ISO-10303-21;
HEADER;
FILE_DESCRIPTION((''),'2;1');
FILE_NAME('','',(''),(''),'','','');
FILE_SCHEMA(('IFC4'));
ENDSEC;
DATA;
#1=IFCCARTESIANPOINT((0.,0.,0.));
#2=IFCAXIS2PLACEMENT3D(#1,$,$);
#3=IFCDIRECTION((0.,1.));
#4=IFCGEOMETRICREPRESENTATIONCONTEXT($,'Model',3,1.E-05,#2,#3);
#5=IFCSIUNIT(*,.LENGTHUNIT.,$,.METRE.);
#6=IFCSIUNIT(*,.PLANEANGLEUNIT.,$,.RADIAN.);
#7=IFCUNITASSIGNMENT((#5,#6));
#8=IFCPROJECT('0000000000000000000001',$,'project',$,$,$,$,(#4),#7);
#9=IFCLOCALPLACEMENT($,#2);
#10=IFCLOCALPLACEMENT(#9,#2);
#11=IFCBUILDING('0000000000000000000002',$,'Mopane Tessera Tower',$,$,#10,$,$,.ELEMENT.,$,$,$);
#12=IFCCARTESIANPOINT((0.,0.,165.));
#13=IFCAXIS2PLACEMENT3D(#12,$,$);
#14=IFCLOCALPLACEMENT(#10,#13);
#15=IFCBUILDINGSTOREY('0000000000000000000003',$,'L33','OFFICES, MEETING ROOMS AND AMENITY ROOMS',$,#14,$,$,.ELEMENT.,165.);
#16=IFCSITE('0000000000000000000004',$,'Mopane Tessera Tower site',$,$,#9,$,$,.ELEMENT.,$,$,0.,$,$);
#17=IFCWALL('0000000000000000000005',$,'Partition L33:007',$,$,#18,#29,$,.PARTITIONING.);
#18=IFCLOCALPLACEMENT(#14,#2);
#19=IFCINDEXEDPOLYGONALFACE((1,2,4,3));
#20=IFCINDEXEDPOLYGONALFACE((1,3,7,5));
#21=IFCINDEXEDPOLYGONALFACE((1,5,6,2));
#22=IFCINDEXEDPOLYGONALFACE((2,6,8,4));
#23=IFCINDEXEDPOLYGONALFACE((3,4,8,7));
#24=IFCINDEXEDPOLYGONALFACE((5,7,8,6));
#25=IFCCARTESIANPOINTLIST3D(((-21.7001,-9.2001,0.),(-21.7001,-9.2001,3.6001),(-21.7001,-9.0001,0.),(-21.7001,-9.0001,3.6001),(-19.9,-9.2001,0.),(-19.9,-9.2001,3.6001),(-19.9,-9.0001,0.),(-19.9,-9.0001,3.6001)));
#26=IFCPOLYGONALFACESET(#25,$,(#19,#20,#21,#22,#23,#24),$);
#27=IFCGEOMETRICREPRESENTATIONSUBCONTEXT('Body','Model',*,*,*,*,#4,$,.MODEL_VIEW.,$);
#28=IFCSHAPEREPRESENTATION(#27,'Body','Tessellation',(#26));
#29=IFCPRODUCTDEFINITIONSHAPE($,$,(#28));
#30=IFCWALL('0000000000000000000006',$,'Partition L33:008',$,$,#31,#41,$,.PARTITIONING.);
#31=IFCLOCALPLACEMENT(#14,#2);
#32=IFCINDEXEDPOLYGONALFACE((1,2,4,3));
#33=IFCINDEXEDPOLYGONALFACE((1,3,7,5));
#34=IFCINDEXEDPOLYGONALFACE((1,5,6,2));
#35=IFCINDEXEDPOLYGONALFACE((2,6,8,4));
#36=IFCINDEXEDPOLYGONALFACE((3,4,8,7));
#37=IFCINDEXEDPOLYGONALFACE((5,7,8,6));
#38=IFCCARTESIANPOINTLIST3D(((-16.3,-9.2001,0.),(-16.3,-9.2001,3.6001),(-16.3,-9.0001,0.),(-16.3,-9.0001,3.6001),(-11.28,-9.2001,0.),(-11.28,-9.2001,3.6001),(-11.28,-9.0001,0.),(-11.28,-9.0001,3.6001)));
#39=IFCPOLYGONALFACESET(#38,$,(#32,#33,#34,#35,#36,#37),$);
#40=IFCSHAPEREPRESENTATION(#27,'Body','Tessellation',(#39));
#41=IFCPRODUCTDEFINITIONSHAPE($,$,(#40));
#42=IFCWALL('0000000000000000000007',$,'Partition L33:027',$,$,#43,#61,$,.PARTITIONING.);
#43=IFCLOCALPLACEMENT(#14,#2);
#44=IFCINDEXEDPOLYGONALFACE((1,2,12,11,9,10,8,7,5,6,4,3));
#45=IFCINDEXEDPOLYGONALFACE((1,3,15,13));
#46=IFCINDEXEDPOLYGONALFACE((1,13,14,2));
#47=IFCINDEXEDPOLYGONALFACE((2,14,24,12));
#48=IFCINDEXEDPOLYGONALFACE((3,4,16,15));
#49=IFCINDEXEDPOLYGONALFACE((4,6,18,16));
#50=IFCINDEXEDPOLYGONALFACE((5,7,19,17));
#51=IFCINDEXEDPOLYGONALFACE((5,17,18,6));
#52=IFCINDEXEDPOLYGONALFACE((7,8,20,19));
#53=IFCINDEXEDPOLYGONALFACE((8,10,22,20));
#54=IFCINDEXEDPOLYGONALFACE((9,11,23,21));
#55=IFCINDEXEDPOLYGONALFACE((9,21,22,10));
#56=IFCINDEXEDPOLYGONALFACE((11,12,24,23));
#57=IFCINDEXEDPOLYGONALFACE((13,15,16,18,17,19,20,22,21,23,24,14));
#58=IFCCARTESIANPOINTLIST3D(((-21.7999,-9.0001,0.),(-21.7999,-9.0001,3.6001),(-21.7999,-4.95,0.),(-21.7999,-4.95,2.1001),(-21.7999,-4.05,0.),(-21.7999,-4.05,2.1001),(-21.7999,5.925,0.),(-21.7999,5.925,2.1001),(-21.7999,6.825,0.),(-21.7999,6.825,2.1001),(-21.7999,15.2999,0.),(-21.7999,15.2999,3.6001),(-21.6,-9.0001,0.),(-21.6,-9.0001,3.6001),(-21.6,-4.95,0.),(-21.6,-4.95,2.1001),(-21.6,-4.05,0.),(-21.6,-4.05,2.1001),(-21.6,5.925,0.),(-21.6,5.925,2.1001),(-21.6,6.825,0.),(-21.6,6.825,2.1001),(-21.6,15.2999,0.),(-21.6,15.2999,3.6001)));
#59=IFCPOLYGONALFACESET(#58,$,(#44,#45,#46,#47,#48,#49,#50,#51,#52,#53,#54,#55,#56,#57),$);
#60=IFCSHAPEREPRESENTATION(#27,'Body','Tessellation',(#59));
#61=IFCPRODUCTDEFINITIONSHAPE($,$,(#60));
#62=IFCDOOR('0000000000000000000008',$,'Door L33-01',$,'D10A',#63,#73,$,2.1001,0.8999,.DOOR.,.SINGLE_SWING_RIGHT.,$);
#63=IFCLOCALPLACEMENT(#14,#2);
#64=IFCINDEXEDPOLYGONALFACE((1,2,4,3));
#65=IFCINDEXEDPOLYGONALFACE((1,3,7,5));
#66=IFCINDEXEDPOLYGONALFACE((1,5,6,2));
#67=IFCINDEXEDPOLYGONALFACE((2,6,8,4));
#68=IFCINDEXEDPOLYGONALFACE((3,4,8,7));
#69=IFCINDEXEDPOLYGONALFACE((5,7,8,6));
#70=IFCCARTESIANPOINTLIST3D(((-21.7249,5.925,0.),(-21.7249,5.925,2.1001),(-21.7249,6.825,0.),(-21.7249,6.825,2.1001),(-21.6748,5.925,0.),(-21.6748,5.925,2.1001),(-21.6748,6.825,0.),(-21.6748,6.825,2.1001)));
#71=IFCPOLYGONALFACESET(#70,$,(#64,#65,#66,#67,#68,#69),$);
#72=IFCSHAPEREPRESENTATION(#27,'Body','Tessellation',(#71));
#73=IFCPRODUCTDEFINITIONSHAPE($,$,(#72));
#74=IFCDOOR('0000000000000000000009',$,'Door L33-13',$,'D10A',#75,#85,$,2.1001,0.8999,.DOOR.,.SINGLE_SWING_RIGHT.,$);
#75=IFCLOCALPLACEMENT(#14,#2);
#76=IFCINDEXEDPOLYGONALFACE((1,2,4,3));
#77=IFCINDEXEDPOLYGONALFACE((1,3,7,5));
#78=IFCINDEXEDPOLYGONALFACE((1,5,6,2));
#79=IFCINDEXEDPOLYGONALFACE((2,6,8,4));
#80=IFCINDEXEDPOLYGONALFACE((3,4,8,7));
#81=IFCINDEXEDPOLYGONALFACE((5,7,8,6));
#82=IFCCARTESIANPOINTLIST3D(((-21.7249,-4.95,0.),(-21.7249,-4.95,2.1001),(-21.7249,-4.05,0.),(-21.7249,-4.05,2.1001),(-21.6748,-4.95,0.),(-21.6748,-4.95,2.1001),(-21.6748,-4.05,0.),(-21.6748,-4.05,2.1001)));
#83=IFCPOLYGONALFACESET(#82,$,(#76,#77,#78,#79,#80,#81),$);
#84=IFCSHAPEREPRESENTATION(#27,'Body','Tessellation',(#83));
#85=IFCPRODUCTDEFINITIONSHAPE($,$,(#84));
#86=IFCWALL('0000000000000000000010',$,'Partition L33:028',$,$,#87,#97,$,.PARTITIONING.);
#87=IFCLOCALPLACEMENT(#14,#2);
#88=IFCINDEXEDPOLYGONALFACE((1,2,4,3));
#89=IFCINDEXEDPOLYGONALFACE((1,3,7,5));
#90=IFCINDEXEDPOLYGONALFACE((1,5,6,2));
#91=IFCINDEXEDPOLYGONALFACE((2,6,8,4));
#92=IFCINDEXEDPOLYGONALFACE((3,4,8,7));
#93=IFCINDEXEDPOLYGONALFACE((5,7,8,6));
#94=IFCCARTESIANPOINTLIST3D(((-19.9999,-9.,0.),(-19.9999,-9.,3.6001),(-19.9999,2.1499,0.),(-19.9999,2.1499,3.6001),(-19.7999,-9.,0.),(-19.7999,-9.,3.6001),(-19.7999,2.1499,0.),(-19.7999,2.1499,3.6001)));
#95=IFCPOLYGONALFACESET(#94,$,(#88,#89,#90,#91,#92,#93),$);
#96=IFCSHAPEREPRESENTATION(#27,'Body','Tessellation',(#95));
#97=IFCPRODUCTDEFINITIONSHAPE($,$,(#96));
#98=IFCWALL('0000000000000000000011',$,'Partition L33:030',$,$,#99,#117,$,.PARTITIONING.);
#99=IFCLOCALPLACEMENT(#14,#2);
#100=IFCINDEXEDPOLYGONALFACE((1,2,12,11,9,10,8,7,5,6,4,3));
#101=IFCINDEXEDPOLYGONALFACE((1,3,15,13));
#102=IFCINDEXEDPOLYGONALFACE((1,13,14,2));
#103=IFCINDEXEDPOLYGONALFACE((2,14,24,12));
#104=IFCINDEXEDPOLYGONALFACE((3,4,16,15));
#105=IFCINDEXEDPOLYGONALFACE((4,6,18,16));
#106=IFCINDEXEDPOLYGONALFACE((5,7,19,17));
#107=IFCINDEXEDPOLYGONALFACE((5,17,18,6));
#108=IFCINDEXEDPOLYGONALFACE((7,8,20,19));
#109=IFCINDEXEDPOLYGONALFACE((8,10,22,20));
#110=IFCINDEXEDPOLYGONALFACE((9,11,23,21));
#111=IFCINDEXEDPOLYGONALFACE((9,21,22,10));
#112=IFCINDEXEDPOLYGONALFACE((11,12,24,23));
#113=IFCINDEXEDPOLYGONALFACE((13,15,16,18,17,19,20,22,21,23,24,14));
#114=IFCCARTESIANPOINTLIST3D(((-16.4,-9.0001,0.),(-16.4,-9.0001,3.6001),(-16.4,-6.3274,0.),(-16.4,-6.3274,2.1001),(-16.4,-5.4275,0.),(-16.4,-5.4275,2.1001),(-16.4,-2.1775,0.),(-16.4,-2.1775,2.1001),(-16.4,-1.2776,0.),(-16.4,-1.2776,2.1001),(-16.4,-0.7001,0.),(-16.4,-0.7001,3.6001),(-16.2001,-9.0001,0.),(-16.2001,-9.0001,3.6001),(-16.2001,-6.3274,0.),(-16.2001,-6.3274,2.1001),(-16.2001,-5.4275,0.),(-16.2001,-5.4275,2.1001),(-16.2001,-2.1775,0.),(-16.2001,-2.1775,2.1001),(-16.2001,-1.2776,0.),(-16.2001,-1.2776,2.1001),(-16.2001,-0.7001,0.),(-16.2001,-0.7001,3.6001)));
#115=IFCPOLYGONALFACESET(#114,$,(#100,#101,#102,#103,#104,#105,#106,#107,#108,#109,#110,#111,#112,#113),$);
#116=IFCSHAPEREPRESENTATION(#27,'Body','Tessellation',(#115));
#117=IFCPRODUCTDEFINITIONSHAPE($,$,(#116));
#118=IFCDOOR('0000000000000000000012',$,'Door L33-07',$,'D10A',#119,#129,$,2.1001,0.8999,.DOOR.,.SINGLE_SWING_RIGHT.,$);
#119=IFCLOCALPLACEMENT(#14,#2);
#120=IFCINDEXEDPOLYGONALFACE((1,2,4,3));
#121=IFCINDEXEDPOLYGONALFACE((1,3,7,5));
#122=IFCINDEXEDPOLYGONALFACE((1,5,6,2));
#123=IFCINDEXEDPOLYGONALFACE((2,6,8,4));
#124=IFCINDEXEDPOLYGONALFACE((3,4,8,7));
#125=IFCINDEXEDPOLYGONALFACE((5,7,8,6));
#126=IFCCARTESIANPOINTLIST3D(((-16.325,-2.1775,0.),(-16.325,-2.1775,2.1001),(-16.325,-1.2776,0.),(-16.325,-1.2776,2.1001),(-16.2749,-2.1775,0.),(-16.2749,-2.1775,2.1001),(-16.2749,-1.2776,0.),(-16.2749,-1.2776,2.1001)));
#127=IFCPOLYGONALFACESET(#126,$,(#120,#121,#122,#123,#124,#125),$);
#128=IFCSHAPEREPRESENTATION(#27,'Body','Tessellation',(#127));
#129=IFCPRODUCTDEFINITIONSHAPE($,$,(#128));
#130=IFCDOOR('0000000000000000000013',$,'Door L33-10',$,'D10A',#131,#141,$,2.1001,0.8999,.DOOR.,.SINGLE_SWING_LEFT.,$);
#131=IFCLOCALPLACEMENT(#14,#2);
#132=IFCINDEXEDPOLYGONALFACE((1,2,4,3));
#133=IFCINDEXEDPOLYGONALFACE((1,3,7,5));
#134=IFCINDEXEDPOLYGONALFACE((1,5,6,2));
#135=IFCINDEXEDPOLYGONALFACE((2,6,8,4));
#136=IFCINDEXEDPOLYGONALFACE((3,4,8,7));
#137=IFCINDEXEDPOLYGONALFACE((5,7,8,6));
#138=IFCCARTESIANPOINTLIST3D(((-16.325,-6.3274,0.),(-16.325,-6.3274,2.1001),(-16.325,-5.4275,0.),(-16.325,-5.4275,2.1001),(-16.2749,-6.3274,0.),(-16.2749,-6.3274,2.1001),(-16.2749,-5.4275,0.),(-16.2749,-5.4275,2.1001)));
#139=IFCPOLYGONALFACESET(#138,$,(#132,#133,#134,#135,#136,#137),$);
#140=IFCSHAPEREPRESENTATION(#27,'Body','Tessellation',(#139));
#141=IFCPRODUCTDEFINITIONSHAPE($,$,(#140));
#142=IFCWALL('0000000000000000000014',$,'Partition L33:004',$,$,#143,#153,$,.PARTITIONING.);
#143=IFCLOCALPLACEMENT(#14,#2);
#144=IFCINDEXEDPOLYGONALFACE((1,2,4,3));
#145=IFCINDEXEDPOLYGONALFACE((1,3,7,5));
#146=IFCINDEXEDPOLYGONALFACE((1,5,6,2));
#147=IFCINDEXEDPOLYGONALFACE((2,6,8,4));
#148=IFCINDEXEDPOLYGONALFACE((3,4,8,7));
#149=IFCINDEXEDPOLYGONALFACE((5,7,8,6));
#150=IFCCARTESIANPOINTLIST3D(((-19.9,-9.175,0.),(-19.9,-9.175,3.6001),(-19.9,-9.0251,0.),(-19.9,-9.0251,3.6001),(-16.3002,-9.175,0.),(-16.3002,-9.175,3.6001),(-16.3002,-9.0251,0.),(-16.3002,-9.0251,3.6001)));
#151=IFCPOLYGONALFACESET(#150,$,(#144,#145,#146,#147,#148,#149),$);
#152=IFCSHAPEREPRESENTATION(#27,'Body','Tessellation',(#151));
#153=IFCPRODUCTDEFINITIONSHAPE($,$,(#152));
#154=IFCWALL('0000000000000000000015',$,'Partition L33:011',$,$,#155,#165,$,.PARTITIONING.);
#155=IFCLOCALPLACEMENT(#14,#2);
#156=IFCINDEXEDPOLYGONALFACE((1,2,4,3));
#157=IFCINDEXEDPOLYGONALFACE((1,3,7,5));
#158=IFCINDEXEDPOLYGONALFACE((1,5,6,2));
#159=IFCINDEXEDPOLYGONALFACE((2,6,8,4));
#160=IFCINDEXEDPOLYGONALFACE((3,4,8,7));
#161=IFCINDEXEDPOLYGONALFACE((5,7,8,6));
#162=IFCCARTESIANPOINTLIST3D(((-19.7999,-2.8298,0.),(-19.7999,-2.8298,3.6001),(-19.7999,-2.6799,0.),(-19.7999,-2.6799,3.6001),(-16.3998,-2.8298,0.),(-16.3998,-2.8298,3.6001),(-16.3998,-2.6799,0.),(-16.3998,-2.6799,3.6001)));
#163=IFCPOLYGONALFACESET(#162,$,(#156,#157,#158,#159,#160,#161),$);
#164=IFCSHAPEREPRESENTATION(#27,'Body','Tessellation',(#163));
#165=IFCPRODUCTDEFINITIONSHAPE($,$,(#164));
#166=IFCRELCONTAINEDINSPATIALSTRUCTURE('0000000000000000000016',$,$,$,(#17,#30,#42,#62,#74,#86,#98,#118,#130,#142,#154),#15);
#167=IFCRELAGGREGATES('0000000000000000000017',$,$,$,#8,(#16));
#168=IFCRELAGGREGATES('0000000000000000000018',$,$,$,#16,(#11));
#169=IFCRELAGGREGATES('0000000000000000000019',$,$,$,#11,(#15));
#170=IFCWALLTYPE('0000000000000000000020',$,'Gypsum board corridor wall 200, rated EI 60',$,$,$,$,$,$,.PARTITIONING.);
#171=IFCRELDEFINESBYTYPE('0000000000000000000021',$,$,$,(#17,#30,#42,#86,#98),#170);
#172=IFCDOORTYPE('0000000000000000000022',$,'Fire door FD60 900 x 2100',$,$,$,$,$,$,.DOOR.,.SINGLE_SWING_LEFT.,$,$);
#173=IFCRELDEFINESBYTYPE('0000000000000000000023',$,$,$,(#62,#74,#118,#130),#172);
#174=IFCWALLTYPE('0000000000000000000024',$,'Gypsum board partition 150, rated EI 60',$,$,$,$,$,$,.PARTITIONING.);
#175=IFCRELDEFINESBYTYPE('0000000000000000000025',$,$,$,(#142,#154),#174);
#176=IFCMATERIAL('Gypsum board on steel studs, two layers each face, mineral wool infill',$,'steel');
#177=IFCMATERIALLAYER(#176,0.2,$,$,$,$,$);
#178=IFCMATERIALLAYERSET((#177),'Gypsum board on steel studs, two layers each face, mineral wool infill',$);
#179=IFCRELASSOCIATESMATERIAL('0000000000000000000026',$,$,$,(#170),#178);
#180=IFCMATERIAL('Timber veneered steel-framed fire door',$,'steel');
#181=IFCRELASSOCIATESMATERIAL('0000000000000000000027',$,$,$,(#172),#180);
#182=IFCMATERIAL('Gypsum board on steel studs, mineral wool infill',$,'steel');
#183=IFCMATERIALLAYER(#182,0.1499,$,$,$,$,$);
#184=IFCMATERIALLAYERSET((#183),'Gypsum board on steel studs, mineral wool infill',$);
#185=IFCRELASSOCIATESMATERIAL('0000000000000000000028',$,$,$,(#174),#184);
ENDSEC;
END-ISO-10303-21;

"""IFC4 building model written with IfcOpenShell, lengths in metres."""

from ifc_helpers import new_model, si_unit, direction, frame, frame_2d, origin, place, context, subcontext, project, spatial, rectangle, extrude, material, layer, layer_set, type_object, element, fill, save


model = new_model("IFC4")

# Units and contexts
model_context = context("Model", 3, precision=1e-05, world=origin(), true_north=direction((0.0, 1.0)))
body_context = subcontext(model_context, "Body", "Model", "MODEL_VIEW")
ifc_project = project(units=[si_unit("LENGTHUNIT", "METRE"), si_unit("PLANEANGLEUNIT", "RADIAN")], contexts=[model_context])

# Site, building, storey
site_placement = place(None, origin())
site = spatial("IfcSite", under=ifc_project, at=site_placement, Name="Mopane Tessera Tower site", CompositionType="ELEMENT", RefElevation=0.0)
building_placement = place(site_placement, origin())
building = spatial("IfcBuilding", under=site, at=building_placement, Name="Mopane Tessera Tower", CompositionType="ELEMENT")
storey_placement = place(building_placement, frame((0.0, 0.0, 165.0)))
storey = spatial("IfcBuildingStorey", under=building, at=storey_placement, Name="L33", Description="OFFICES, MEETING ROOMS AND AMENITY ROOMS", CompositionType="ELEMENT", Elevation=165.0)

# Walls
ifc_material_1 = material(Name="Gypsum board on steel studs, two layers each face, mineral wool infill", Category="steel")
ifc_layer_1 = layer(ifc_material_1, 0.2)
ifc_layer_set_1 = layer_set([ifc_layer_1], Name="Gypsum board on steel studs, two layers each face, mineral wool infill")
wall_type_1 = type_object("IfcWallType", Name="Gypsum board corridor wall 200, rated EI 60", PredefinedType="PARTITIONING", material=ifc_layer_set_1)
wall_1_placement = place(storey_placement, frame((-21.7, -9.1001, 0.0), z_axis=(0.0, 0.0, 1.0), x_axis=(1.0, 0.0, 0.0)))
element("IfcWall", 1, at=wall_1_placement, inside=storey, type_object=wall_type_1, Name="Partition L33:007", PredefinedType="PARTITIONING", context=body_context, shape_type="SweptSolid", body=[
    extrude(rectangle(XDim=1.8, YDim=0.2, at=frame_2d((0.8999, 0.0))), origin(), (0.0, 0.0, 1.0), 3.6001),
])
wall_2_placement = place(storey_placement, frame((-16.3, -9.1001, 0.0), z_axis=(0.0, 0.0, 1.0), x_axis=(1.0, 0.0, 0.0)))
element("IfcWall", 2, at=wall_2_placement, inside=storey, type_object=wall_type_1, Name="Partition L33:008", PredefinedType="PARTITIONING", context=body_context, shape_type="SweptSolid", body=[
    extrude(rectangle(XDim=5.02, YDim=0.2, at=frame_2d((2.51, 0.0))), origin(), (0.0, 0.0, 1.0), 3.6001),
])

# Wall, openings, doors
wall_3_placement = place(storey_placement, frame((-21.7, -9.0, 0.0), z_axis=(0.0, 0.0, 1.0), x_axis=(0.0, 1.0, 0.0)))
wall_3 = element("IfcWall", 3, at=wall_3_placement, inside=storey, type_object=wall_type_1, Name="Partition L33:027", PredefinedType="PARTITIONING", context=body_context, shape_type="SweptSolid", body=[
    extrude(rectangle(XDim=24.3, YDim=0.2, at=frame_2d((12.1499, 0.0))), origin(), (0.0, 0.0, 1.0), 3.6001),
])
opening_1_placement = place(wall_3_placement, frame((14.925, 0.0, 0.0)))
opening_1 = element("IfcOpeningElement", 4, at=opening_1_placement, cuts=wall_3, PredefinedType="OPENING", context=body_context, shape_type="SweptSolid", body=[
    extrude(rectangle(XDim=0.8999, YDim=2.1001, at=frame_2d((0.45, 1.05))), frame((0.0, 0.1121, 0.0), z_axis=(0.0, -1.0, 0.0), x_axis=(1.0, 0.0, 0.0)), (0.0, 0.0, 1.0), 0.2239),
])
opening_2_placement = place(wall_3_placement, frame((4.05, 0.0, 0.0)))
opening_2 = element("IfcOpeningElement", 5, at=opening_2_placement, cuts=wall_3, PredefinedType="OPENING", context=body_context, shape_type="SweptSolid", body=[
    extrude(rectangle(XDim=0.8999, YDim=2.1001, at=frame_2d((0.45, 1.05))), frame((0.0, 0.1121, 0.0), z_axis=(0.0, -1.0, 0.0), x_axis=(1.0, 0.0, 0.0)), (0.0, 0.0, 1.0), 0.2239),
])
ifc_material_2 = material(Name="Timber veneered steel-framed fire door", Category="steel")
door_type_1 = type_object("IfcDoorType", Name="Fire door FD60 900 x 2100", OperationType="SINGLE_SWING_LEFT", PredefinedType="DOOR", material=ifc_material_2)
door_1_placement = place(opening_1_placement, origin())
door_1 = element("IfcDoor", 6, at=door_1_placement, inside=storey, type_object=door_type_1, Name="Door L33-01", ObjectType="D10A", OperationType="SINGLE_SWING_RIGHT", OverallHeight=2.1001, OverallWidth=0.8999, PredefinedType="DOOR", context=body_context, shape_type="SweptSolid", body=[
    extrude(rectangle(XDim=0.8999, YDim=2.1001, at=frame_2d((0.45, 1.05))), frame((0.0, 0.0249, 0.0), z_axis=(0.0, -1.0, 0.0), x_axis=(1.0, 0.0, 0.0)), (0.0, 0.0, 1.0), 0.05),
])
fill(opening_1, door_1)
door_2_placement = place(opening_2_placement, origin())
door_2 = element("IfcDoor", 7, at=door_2_placement, inside=storey, type_object=door_type_1, Name="Door L33-13", ObjectType="D10A", OperationType="SINGLE_SWING_RIGHT", OverallHeight=2.1001, OverallWidth=0.8999, PredefinedType="DOOR", context=body_context, shape_type="SweptSolid", body=[
    extrude(rectangle(XDim=0.8999, YDim=2.1001, at=frame_2d((0.45, 1.05))), frame((0.0, 0.0249, 0.0), z_axis=(0.0, -1.0, 0.0), x_axis=(1.0, 0.0, 0.0)), (0.0, 0.0, 1.0), 0.05),
])
fill(opening_2, door_2)

# Wall
wall_4_placement = place(storey_placement, frame((-19.8999, -9.0, 0.0), z_axis=(0.0, 0.0, 1.0), x_axis=(0.0, 1.0, 0.0)))
element("IfcWall", 8, at=wall_4_placement, inside=storey, type_object=wall_type_1, Name="Partition L33:028", PredefinedType="PARTITIONING", context=body_context, shape_type="SweptSolid", body=[
    extrude(rectangle(XDim=11.1499, YDim=0.2, at=frame_2d((5.575, 0.0))), origin(), (0.0, 0.0, 1.0), 3.6001),
])

# Wall, openings, doors
wall_5_placement = place(storey_placement, frame((-16.3, -9.0, 0.0), z_axis=(0.0, 0.0, 1.0), x_axis=(0.0, 1.0, 0.0)))
wall_5 = element("IfcWall", 9, at=wall_5_placement, inside=storey, type_object=wall_type_1, Name="Partition L33:030", PredefinedType="PARTITIONING", context=body_context, shape_type="SweptSolid", body=[
    extrude(rectangle(XDim=8.3, YDim=0.2, at=frame_2d((4.1499, 0.0))), origin(), (0.0, 0.0, 1.0), 3.6001),
])
opening_3_placement = place(wall_5_placement, frame((6.8225, 0.0, 0.0)))
opening_3 = element("IfcOpeningElement", 10, at=opening_3_placement, cuts=wall_5, PredefinedType="OPENING", context=body_context, shape_type="SweptSolid", body=[
    extrude(rectangle(XDim=0.8999, YDim=2.1001, at=frame_2d((0.45, 1.05))), frame((0.0, 0.1121, 0.0), z_axis=(0.0, -1.0, 0.0), x_axis=(1.0, 0.0, 0.0)), (0.0, 0.0, 1.0), 0.2239),
])
opening_4_placement = place(wall_5_placement, frame((2.6726, 0.0, 0.0)))
opening_4 = element("IfcOpeningElement", 11, at=opening_4_placement, cuts=wall_5, PredefinedType="OPENING", context=body_context, shape_type="SweptSolid", body=[
    extrude(rectangle(XDim=0.8999, YDim=2.1001, at=frame_2d((0.45, 1.05))), frame((0.0, 0.1121, 0.0), z_axis=(0.0, -1.0, 0.0), x_axis=(1.0, 0.0, 0.0)), (0.0, 0.0, 1.0), 0.2239),
])
door_3_placement = place(opening_3_placement, origin())
door_3 = element("IfcDoor", 12, at=door_3_placement, inside=storey, type_object=door_type_1, Name="Door L33-07", ObjectType="D10A", OperationType="SINGLE_SWING_RIGHT", OverallHeight=2.1001, OverallWidth=0.8999, PredefinedType="DOOR", context=body_context, shape_type="SweptSolid", body=[
    extrude(rectangle(XDim=0.8999, YDim=2.1001, at=frame_2d((0.45, 1.05))), frame((0.0, 0.0249, 0.0), z_axis=(0.0, -1.0, 0.0), x_axis=(1.0, 0.0, 0.0)), (0.0, 0.0, 1.0), 0.05),
])
fill(opening_3, door_3)
door_4_placement = place(opening_4_placement, origin())
door_4 = element("IfcDoor", 13, at=door_4_placement, inside=storey, type_object=door_type_1, Name="Door L33-10", ObjectType="D10A", OperationType="SINGLE_SWING_LEFT", OverallHeight=2.1001, OverallWidth=0.8999, PredefinedType="DOOR", context=body_context, shape_type="SweptSolid", body=[
    extrude(rectangle(XDim=0.8999, YDim=2.1001, at=frame_2d((0.45, 1.05))), frame((0.0, 0.0249, 0.0), z_axis=(0.0, -1.0, 0.0), x_axis=(1.0, 0.0, 0.0)), (0.0, 0.0, 1.0), 0.05),
])
fill(opening_4, door_4)

# Walls
ifc_material_3 = material(Name="Gypsum board on steel studs, mineral wool infill", Category="steel")
ifc_layer_2 = layer(ifc_material_3, 0.1499)
ifc_layer_set_2 = layer_set([ifc_layer_2], Name="Gypsum board on steel studs, mineral wool infill")
wall_type_2 = type_object("IfcWallType", Name="Gypsum board partition 150, rated EI 60", PredefinedType="PARTITIONING", material=ifc_layer_set_2)
wall_6_placement = place(storey_placement, frame((-19.8999, -9.1001, 0.0), z_axis=(0.0, 0.0, 1.0), x_axis=(1.0, 0.0, 0.0)))
element("IfcWall", 14, at=wall_6_placement, inside=storey, type_object=wall_type_2, Name="Partition L33:004", PredefinedType="PARTITIONING", context=body_context, shape_type="SweptSolid", body=[
    extrude(rectangle(XDim=3.5999, YDim=0.1499, at=frame_2d((1.7998, 0.0))), origin(), (0.0, 0.0, 1.0), 3.6001),
])
wall_7_placement = place(storey_placement, frame((-19.8, -2.7549, 0.0), z_axis=(0.0, 0.0, 1.0), x_axis=(1.0, 0.0, 0.0)))
element("IfcWall", 15, at=wall_7_placement, inside=storey, type_object=wall_type_2, Name="Partition L33:011", PredefinedType="PARTITIONING", context=body_context, shape_type="SweptSolid", body=[
    extrude(rectangle(XDim=3.4001, YDim=0.1499, at=frame_2d((1.7002, 0.0))), origin(), (0.0, 0.0, 1.0), 3.6001),
])

save(model, "model.ifc")
